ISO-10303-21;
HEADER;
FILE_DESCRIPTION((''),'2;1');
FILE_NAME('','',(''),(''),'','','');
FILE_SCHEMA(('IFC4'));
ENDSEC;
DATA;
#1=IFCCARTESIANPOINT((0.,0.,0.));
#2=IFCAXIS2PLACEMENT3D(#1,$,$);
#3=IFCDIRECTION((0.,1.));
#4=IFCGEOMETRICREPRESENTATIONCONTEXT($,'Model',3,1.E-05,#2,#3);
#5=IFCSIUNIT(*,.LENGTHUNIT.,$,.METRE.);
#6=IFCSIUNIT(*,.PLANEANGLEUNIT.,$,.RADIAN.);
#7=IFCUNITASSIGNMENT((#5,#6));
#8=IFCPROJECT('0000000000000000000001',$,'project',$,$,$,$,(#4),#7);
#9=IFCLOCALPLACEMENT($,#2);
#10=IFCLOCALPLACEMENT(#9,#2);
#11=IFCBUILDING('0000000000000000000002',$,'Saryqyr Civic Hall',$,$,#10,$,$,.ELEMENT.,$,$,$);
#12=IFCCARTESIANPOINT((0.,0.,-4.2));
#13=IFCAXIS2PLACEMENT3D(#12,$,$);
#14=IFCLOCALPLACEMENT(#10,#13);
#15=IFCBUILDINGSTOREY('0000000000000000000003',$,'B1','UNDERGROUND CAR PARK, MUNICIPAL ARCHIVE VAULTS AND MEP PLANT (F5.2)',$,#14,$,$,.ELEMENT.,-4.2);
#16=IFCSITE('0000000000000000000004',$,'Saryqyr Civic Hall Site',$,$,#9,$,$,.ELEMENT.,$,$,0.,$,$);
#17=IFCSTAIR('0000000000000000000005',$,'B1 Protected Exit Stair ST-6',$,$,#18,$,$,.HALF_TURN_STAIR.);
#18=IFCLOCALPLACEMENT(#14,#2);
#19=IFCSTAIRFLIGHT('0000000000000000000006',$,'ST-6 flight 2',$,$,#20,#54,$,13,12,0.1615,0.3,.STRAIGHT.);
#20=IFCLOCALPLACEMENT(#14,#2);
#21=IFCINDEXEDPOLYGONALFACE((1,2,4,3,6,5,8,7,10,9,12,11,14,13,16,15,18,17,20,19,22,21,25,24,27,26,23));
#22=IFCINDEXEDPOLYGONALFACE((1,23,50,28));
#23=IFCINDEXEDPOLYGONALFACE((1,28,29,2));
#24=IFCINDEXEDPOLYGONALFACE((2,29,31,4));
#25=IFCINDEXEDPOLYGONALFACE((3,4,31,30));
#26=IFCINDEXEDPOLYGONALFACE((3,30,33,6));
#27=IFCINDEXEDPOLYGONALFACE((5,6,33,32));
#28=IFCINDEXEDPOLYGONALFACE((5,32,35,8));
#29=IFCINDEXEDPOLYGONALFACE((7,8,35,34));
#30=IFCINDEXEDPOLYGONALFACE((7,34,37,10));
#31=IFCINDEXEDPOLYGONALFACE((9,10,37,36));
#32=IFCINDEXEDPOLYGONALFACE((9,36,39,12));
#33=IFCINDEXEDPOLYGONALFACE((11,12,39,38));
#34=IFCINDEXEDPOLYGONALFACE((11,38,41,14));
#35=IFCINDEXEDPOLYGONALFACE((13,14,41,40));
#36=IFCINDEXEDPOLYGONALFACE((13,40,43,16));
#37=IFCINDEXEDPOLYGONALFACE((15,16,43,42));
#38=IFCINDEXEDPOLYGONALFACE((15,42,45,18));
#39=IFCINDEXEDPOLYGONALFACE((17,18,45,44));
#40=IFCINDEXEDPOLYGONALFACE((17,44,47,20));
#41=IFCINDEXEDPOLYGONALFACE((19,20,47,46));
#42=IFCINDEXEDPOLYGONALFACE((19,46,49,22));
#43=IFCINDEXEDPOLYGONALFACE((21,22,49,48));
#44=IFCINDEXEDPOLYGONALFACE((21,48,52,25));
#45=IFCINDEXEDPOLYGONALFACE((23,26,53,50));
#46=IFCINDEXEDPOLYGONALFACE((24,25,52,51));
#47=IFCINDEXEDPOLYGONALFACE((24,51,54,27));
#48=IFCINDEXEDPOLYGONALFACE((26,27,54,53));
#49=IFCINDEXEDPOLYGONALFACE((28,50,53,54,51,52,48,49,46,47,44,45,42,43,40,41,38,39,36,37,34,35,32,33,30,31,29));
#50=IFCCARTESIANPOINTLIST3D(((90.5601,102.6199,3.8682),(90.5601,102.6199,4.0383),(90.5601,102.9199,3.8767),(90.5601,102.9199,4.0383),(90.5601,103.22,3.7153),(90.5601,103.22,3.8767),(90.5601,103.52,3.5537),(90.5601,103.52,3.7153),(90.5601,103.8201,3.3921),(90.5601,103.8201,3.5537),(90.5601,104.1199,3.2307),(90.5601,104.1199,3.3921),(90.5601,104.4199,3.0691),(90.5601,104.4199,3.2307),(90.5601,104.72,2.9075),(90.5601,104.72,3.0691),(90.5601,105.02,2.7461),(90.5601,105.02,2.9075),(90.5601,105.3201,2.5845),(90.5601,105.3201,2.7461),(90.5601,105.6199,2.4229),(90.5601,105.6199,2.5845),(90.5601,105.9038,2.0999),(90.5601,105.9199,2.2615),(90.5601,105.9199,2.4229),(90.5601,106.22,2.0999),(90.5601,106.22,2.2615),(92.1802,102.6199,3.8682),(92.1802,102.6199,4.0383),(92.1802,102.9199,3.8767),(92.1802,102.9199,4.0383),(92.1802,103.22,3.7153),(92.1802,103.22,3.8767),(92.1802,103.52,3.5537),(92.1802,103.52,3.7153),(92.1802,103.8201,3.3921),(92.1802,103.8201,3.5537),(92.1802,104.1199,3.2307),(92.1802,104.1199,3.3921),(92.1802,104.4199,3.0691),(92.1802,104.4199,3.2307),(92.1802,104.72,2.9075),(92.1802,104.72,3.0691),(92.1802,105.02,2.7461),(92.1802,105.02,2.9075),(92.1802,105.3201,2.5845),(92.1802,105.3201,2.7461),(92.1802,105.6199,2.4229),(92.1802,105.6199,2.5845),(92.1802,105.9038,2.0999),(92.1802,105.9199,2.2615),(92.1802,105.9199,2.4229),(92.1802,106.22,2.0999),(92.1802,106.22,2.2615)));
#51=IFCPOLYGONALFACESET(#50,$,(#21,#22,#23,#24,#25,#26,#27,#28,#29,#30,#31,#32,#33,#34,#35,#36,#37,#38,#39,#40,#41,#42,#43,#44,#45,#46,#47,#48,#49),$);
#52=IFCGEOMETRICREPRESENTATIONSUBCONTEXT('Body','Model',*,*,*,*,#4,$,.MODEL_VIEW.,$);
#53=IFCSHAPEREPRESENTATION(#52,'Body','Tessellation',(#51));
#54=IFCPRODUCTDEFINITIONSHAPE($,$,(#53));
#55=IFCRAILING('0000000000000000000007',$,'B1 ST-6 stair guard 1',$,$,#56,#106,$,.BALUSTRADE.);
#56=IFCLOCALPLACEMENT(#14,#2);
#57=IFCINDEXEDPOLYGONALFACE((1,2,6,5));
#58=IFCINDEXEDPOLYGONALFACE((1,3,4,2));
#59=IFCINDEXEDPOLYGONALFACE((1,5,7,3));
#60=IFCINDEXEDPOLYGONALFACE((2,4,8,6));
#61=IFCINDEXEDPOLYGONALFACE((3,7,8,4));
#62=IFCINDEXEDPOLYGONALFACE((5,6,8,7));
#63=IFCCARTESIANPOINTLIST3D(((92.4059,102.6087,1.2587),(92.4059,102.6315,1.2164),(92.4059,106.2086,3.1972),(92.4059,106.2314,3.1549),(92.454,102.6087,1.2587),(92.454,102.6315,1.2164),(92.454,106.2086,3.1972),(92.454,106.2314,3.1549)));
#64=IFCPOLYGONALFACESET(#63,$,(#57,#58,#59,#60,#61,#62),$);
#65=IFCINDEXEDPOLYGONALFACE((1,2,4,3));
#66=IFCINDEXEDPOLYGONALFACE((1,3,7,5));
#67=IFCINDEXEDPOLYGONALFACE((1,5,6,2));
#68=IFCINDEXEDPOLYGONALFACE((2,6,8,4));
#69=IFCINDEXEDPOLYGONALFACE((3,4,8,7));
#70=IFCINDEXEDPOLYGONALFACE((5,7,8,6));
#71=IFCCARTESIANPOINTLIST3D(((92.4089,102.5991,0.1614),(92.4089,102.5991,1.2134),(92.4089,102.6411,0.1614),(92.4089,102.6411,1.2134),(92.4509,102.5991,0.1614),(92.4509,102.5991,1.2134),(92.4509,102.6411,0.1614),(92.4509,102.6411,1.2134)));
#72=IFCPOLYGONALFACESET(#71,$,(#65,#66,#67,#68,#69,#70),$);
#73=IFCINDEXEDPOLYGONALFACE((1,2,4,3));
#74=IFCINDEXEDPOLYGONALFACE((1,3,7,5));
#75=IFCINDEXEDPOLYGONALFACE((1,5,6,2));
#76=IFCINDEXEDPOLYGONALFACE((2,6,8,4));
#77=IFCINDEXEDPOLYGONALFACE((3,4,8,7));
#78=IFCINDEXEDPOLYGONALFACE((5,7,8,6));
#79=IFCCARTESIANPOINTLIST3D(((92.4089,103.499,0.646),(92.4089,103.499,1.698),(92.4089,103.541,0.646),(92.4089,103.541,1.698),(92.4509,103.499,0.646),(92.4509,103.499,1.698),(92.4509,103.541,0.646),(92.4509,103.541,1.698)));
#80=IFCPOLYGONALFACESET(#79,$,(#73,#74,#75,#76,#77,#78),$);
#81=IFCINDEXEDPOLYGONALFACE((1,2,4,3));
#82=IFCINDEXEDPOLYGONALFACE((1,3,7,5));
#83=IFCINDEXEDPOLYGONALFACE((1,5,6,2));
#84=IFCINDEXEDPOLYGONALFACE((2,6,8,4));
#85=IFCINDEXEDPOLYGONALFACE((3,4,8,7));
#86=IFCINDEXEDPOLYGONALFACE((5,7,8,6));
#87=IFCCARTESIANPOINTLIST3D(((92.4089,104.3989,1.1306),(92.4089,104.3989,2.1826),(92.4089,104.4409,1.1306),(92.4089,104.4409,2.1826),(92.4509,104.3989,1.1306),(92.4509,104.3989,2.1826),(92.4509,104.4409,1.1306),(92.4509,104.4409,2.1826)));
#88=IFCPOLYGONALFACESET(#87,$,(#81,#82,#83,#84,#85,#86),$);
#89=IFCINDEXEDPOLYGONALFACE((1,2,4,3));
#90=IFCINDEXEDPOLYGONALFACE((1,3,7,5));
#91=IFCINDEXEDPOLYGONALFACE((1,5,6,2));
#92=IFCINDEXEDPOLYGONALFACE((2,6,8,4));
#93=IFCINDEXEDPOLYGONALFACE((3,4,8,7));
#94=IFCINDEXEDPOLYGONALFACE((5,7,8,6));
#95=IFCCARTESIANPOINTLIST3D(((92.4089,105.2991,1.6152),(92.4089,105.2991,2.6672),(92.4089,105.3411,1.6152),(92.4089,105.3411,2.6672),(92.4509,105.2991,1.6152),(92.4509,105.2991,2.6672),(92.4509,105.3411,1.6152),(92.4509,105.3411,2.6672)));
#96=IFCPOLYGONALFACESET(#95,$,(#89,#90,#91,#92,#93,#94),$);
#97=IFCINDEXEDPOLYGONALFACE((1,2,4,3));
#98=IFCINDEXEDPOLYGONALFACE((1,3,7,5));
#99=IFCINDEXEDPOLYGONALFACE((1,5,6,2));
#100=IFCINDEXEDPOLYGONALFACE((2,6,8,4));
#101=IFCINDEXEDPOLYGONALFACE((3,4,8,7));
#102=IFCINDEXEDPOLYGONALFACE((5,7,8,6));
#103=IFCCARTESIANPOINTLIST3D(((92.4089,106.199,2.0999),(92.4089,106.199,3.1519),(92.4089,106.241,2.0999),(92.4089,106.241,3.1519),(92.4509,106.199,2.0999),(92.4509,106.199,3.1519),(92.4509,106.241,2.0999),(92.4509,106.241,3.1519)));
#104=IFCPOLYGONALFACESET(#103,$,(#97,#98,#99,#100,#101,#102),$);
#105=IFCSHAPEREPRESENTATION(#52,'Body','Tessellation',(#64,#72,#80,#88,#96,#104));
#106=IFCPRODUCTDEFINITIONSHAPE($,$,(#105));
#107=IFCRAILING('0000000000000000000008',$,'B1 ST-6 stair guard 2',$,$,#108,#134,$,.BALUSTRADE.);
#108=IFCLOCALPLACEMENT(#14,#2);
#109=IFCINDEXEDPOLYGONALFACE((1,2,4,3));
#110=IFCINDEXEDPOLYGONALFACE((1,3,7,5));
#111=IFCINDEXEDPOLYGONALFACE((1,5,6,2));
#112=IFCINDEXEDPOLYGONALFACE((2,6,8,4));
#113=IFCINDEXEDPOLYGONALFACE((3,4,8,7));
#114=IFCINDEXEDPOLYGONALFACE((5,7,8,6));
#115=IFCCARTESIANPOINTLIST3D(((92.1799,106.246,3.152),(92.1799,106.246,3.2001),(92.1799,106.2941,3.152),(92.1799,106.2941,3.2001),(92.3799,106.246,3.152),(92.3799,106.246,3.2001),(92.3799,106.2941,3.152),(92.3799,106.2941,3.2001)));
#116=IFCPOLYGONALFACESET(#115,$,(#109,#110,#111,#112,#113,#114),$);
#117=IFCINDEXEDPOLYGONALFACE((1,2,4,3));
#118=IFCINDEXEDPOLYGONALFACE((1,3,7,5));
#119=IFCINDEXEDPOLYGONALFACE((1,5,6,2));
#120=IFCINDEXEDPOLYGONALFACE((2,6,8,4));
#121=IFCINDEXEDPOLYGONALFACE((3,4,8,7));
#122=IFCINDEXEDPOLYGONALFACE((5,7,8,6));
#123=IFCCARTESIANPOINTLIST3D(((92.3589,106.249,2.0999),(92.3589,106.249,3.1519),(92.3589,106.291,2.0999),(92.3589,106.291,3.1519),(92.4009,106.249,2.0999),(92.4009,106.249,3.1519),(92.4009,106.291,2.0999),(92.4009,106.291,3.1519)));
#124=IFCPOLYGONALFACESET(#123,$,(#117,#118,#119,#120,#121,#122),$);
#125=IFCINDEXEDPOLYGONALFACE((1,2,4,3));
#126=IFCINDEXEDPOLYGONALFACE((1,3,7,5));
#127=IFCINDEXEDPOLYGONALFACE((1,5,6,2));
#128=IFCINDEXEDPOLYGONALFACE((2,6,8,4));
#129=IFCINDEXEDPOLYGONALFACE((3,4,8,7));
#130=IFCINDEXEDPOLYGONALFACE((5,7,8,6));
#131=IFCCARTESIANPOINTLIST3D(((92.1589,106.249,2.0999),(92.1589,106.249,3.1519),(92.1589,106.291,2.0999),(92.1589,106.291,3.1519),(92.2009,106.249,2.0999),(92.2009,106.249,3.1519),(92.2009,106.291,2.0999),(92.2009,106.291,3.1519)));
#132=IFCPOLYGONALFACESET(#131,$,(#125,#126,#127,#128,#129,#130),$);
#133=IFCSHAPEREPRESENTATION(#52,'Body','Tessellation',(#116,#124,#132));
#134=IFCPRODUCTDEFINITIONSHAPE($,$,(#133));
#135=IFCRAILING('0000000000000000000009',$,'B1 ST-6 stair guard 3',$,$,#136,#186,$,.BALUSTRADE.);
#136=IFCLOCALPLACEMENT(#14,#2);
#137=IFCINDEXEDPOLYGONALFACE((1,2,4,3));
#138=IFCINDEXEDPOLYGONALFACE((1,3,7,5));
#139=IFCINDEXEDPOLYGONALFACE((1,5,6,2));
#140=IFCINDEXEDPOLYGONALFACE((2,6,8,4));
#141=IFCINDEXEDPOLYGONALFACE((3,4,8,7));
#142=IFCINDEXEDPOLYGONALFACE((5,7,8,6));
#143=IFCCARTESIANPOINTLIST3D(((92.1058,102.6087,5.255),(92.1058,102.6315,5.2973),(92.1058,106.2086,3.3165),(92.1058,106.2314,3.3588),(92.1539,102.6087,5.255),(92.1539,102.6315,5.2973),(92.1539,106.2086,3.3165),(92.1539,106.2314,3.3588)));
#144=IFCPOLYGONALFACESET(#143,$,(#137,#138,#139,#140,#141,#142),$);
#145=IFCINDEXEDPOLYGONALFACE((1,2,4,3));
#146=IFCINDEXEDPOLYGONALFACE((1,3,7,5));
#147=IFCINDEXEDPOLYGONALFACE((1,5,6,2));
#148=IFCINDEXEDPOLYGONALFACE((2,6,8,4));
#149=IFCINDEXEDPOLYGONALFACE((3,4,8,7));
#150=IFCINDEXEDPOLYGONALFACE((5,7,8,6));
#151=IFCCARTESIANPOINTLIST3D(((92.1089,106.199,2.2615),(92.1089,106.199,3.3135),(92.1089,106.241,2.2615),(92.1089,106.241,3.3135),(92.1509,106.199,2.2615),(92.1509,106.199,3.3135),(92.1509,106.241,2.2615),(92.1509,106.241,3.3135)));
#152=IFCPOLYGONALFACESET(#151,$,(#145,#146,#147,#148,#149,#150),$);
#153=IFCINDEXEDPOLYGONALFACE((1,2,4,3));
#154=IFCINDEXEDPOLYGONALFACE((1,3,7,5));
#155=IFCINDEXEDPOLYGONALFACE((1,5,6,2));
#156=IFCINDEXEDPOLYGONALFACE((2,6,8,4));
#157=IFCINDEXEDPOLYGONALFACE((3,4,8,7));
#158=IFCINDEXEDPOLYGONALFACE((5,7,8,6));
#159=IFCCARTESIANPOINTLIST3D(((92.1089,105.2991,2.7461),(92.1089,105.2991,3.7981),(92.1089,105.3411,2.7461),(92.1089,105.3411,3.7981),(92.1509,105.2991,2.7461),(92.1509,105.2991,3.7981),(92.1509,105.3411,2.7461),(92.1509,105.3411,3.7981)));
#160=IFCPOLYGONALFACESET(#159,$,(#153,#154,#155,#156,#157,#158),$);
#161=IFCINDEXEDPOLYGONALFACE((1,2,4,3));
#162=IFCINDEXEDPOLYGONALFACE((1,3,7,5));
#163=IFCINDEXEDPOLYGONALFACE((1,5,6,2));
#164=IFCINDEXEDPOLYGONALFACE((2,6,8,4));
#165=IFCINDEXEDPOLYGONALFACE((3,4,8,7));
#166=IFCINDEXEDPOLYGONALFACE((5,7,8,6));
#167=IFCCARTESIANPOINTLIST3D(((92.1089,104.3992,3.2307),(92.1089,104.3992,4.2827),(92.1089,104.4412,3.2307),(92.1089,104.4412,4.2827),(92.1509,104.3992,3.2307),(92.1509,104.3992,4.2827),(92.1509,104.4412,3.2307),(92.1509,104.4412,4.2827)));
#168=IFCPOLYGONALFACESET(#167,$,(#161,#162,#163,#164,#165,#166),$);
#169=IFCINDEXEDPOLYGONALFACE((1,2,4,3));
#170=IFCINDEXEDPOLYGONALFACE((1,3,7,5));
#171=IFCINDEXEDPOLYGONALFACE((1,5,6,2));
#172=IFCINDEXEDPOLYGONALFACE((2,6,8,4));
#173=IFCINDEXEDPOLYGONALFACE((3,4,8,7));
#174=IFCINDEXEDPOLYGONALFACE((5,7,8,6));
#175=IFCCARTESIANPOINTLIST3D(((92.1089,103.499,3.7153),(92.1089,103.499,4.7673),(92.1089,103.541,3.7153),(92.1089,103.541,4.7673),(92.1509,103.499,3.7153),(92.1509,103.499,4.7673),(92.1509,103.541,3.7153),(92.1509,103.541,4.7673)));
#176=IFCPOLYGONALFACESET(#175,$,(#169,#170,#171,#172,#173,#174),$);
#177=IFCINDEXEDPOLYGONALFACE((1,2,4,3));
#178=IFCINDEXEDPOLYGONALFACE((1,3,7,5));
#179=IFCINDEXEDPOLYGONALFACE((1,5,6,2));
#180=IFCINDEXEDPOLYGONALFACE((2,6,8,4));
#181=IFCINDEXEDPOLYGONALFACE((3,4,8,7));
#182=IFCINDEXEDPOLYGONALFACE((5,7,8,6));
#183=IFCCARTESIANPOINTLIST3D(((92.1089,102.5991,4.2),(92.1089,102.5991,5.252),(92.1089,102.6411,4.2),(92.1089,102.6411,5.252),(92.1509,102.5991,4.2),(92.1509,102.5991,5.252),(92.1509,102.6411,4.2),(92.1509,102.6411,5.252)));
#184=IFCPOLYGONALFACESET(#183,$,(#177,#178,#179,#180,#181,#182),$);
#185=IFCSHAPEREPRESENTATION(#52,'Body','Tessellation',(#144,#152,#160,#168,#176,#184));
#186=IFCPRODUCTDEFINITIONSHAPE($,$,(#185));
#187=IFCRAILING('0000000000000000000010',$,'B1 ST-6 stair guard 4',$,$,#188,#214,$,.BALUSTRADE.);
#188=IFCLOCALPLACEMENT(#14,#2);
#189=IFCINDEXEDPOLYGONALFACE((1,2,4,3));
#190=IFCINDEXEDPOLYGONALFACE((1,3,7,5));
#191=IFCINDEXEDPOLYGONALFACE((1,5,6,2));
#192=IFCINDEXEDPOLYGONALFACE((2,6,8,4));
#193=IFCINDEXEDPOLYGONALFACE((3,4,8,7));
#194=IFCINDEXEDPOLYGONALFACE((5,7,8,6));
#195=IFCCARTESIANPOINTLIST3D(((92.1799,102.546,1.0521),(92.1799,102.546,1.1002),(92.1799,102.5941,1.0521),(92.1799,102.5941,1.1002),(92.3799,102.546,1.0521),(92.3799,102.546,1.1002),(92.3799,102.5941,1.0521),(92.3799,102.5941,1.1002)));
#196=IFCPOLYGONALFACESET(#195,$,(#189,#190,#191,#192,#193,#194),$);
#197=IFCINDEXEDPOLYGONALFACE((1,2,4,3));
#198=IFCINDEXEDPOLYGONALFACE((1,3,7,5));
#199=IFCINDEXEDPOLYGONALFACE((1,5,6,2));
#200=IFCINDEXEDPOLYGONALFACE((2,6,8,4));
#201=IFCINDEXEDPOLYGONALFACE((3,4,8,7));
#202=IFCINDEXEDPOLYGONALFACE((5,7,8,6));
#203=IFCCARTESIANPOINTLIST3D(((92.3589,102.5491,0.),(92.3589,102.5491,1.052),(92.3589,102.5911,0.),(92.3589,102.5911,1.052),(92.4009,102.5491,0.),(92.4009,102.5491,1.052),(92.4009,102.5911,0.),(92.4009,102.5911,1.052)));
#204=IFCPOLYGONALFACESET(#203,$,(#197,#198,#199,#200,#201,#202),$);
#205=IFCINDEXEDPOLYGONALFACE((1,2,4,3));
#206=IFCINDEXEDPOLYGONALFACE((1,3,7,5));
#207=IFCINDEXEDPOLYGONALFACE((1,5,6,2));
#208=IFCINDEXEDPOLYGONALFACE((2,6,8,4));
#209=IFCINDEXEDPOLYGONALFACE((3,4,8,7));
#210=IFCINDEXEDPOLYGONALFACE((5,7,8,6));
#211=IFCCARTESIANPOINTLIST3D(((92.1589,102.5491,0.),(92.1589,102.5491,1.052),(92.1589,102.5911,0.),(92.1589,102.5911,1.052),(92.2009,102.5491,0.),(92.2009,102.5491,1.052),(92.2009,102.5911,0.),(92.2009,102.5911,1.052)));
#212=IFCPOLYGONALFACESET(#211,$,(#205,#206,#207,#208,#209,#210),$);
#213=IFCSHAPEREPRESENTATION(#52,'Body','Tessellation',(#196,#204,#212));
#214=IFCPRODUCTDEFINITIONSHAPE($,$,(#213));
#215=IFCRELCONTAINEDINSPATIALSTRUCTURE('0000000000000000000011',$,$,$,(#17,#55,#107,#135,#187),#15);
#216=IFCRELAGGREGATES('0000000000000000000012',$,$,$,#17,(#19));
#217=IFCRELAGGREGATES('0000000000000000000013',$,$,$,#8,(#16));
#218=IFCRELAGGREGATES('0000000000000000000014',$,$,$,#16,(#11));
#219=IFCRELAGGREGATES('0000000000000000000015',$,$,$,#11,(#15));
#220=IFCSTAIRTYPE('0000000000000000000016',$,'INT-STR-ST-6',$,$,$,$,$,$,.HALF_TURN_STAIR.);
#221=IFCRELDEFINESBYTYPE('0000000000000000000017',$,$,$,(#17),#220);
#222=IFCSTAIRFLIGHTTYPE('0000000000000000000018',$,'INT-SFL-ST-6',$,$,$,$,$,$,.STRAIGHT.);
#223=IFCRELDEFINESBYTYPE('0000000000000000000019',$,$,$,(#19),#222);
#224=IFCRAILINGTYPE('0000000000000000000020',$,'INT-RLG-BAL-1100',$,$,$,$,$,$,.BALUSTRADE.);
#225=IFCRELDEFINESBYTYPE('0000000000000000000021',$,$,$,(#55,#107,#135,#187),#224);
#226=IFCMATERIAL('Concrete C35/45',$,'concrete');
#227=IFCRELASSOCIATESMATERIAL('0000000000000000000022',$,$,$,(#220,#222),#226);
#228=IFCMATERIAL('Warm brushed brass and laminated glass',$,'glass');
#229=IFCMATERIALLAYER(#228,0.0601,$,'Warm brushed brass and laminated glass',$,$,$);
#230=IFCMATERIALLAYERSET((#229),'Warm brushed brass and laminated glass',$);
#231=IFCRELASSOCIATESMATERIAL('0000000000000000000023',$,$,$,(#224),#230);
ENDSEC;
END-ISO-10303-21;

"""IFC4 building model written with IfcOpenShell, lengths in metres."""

from ifc_helpers import new_model, si_unit, direction, frame, origin, origin_2d, place, context, subcontext, project, spatial, polyline, rectangle, outline, extrude, material, layer, layer_set, type_object, element, aggregate, save


model = new_model("IFC4")

# Units and contexts
model_context = context("Model", 3, precision=1e-05, world=origin(), true_north=direction((0.0, 1.0)))
body_context = subcontext(model_context, "Body", "Model", "MODEL_VIEW")
ifc_project = project(units=[si_unit("LENGTHUNIT", "METRE"), si_unit("PLANEANGLEUNIT", "RADIAN")], contexts=[model_context])

# Site, building, storey
site_placement = place(None, origin())
site = spatial("IfcSite", under=ifc_project, at=site_placement, Name="Saryqyr Civic Hall Site", CompositionType="ELEMENT", RefElevation=0.0)
building_placement = place(site_placement, origin())
building = spatial("IfcBuilding", under=site, at=building_placement, Name="Saryqyr Civic Hall", CompositionType="ELEMENT")
storey_placement = place(building_placement, frame((0.0, 0.0, -4.2)))
storey = spatial("IfcBuildingStorey", under=building, at=storey_placement, Name="B1", Description="UNDERGROUND CAR PARK, MUNICIPAL ARCHIVE VAULTS AND MEP PLANT (F5.2)", CompositionType="ELEMENT", Elevation=-4.2)

# Shared definitions
ifc_material_1 = material(Name="Concrete C35/45", Category="concrete")

# Stair, stair flight
stair_type = type_object("IfcStairType", Name="INT-STR-ST-6", PredefinedType="HALF_TURN_STAIR", material=ifc_material_1)
stair_placement = place(storey_placement, origin())
stair = element("IfcStair", 1, at=stair_placement, inside=storey, type_object=stair_type, Name="B1 Protected Exit Stair ST-6", PredefinedType="HALF_TURN_STAIR")
stair_flight_type = type_object("IfcStairFlightType", Name="INT-SFL-ST-6", PredefinedType="STRAIGHT", material=ifc_material_1)
stair_flight_1_placement = place(storey_placement, frame((91.3701, 106.22, 2.0999), z_axis=(0.0, 0.0, 1.0), x_axis=(0.0, -1.0, 0.0)))
stair_flight_1 = element("IfcStairFlight", 2, at=stair_flight_1_placement, type_object=stair_flight_type, Name="ST-6 flight 2", NumberOfRisers=13, NumberOfTreads=12, PredefinedType="STRAIGHT", RiserHeight=0.1615, TreadLength=0.3, context=body_context, shape_type="SweptSolid", body=[
    extrude(outline(polyline([(0.0, 0.0), (0.0, 0.1616), (0.3, 0.1616), (0.3, 0.323), (0.6001, 0.323), (0.6001, 0.4846), (0.8999, 0.4846), (0.8999, 0.6462), (1.2, 0.6462), (1.2, 0.8076), (1.5, 0.8076), (1.5, 0.9692), (1.8, 0.9692), (1.8, 1.1309), (2.1001, 1.1309), (2.1001, 1.2922), (2.3999, 1.2922), (2.3999, 1.4539), (2.7, 1.4539), (2.7, 1.6155), (3.0, 1.6155), (3.0, 1.7769), (3.3, 1.7769), (3.3, 1.9385), (3.6001, 1.9385), (3.6001, 2.1001), (3.6001, 1.7683), (0.3162, 0.0), (0.0, 0.0)])), frame((0.0, 0.8101, 0.0), z_axis=(0.0, -1.0, 0.0), x_axis=(1.0, 0.0, 0.0)), (0.0, 0.0, 1.0), 1.6201),
])
aggregate(stair, [stair_flight_1])

# Railings
ifc_material_2 = material(Name="Warm brushed brass and laminated glass", Category="glass")
ifc_layer_1 = layer(ifc_material_2, 0.0601, Name="Warm brushed brass and laminated glass")
ifc_layer_set_1 = layer_set([ifc_layer_1], Name="Warm brushed brass and laminated glass")
railing_type_1 = type_object("IfcRailingType", Name="INT-RLG-BAL-1100", PredefinedType="BALUSTRADE", material=ifc_layer_set_1)
railing_1_placement = place(storey_placement, frame((92.4299, 102.6201, 0.1614)))
element("IfcRailing", 3, at=railing_1_placement, inside=storey, type_object=railing_type_1, Name="B1 ST-6 stair guard 1", PredefinedType="BALUSTRADE", context=body_context, shape_type="SweptSolid", body=[
    extrude(rectangle(XDim=0.0481, YDim=0.0481, at=origin_2d()), frame((0.0, 0.0, 1.0762), z_axis=(0.0, 0.880462, 0.474118), x_axis=(-1.0, 0.0, 0.0)), (0.0, 0.0, 1.0), 4.0886),
    extrude(rectangle(XDim=0.042, YDim=0.042, at=origin_2d()), origin(), (0.0, 0.0, 1.0), 1.052),
    extrude(rectangle(XDim=0.042, YDim=0.042, at=origin_2d()), frame((0.0, 0.8999, 0.4846)), (0.0, 0.0, 1.0), 1.052),
    extrude(rectangle(XDim=0.042, YDim=0.042, at=origin_2d()), frame((0.0, 1.7998, 0.9692)), (0.0, 0.0, 1.0), 1.052),
    extrude(rectangle(XDim=0.042, YDim=0.042, at=origin_2d()), frame((0.0, 2.7, 1.4539)), (0.0, 0.0, 1.0), 1.052),
    extrude(rectangle(XDim=0.042, YDim=0.042, at=origin_2d()), frame((0.0, 3.5999, 1.9385)), (0.0, 0.0, 1.0), 1.052),
])
railing_2_placement = place(storey_placement, frame((92.3799, 106.27, 2.0999)))
element("IfcRailing", 4, at=railing_2_placement, inside=storey, type_object=railing_type_1, Name="B1 ST-6 stair guard 2", PredefinedType="BALUSTRADE", context=body_context, shape_type="SweptSolid", body=[
    extrude(rectangle(XDim=0.0481, YDim=0.0481, at=origin_2d()), frame((0.0, 0.0, 1.0762), z_axis=(-1.0, 0.0, 0.0), x_axis=(0.0, -1.0, 0.0)), (0.0, 0.0, 1.0), 0.2),
    extrude(rectangle(XDim=0.042, YDim=0.042, at=origin_2d()), origin(), (0.0, 0.0, 1.0), 1.052),
    extrude(rectangle(XDim=0.042, YDim=0.042, at=origin_2d()), frame((-0.2, 0.0, 0.0)), (0.0, 0.0, 1.0), 1.052),
])
railing_3_placement = place(storey_placement, frame((92.1299, 106.22, 2.2615)))
element("IfcRailing", 5, at=railing_3_placement, inside=storey, type_object=railing_type_1, Name="B1 ST-6 stair guard 3", PredefinedType="BALUSTRADE", context=body_context, shape_type="SweptSolid", body=[
    extrude(rectangle(XDim=0.0481, YDim=0.0481, at=origin_2d()), frame((0.0, 0.0, 1.0762), z_axis=(0.0, -0.880462, 0.474118), x_axis=(1.0, 0.0, 0.0)), (0.0, 0.0, 1.0), 4.0886),
    extrude(rectangle(XDim=0.042, YDim=0.042, at=origin_2d()), origin(), (0.0, 0.0, 1.0), 1.052),
    extrude(rectangle(XDim=0.042, YDim=0.042, at=origin_2d()), frame((0.0, -0.8999, 0.4846)), (0.0, 0.0, 1.0), 1.052),
    extrude(rectangle(XDim=0.042, YDim=0.042, at=origin_2d()), frame((0.0, -1.7998, 0.9692)), (0.0, 0.0, 1.0), 1.052),
    extrude(rectangle(XDim=0.042, YDim=0.042, at=origin_2d()), frame((0.0, -2.7, 1.4539)), (0.0, 0.0, 1.0), 1.052),
    extrude(rectangle(XDim=0.042, YDim=0.042, at=origin_2d()), frame((0.0, -3.5999, 1.9385)), (0.0, 0.0, 1.0), 1.052),
])
railing_4_placement = place(storey_placement, frame((92.3799, 102.5701, 0.0)))
element("IfcRailing", 6, at=railing_4_placement, inside=storey, type_object=railing_type_1, Name="B1 ST-6 stair guard 4", PredefinedType="BALUSTRADE", context=body_context, shape_type="SweptSolid", body=[
    extrude(rectangle(XDim=0.0481, YDim=0.0481, at=origin_2d()), frame((0.0, 0.0, 1.0762), z_axis=(-1.0, 0.0, 0.0), x_axis=(0.0, -1.0, 0.0)), (0.0, 0.0, 1.0), 0.2),
    extrude(rectangle(XDim=0.042, YDim=0.042, at=origin_2d()), origin(), (0.0, 0.0, 1.0), 1.052),
    extrude(rectangle(XDim=0.042, YDim=0.042, at=origin_2d()), frame((-0.2, 0.0, 0.0)), (0.0, 0.0, 1.0), 1.052),
])

save(model, "model.ifc")
